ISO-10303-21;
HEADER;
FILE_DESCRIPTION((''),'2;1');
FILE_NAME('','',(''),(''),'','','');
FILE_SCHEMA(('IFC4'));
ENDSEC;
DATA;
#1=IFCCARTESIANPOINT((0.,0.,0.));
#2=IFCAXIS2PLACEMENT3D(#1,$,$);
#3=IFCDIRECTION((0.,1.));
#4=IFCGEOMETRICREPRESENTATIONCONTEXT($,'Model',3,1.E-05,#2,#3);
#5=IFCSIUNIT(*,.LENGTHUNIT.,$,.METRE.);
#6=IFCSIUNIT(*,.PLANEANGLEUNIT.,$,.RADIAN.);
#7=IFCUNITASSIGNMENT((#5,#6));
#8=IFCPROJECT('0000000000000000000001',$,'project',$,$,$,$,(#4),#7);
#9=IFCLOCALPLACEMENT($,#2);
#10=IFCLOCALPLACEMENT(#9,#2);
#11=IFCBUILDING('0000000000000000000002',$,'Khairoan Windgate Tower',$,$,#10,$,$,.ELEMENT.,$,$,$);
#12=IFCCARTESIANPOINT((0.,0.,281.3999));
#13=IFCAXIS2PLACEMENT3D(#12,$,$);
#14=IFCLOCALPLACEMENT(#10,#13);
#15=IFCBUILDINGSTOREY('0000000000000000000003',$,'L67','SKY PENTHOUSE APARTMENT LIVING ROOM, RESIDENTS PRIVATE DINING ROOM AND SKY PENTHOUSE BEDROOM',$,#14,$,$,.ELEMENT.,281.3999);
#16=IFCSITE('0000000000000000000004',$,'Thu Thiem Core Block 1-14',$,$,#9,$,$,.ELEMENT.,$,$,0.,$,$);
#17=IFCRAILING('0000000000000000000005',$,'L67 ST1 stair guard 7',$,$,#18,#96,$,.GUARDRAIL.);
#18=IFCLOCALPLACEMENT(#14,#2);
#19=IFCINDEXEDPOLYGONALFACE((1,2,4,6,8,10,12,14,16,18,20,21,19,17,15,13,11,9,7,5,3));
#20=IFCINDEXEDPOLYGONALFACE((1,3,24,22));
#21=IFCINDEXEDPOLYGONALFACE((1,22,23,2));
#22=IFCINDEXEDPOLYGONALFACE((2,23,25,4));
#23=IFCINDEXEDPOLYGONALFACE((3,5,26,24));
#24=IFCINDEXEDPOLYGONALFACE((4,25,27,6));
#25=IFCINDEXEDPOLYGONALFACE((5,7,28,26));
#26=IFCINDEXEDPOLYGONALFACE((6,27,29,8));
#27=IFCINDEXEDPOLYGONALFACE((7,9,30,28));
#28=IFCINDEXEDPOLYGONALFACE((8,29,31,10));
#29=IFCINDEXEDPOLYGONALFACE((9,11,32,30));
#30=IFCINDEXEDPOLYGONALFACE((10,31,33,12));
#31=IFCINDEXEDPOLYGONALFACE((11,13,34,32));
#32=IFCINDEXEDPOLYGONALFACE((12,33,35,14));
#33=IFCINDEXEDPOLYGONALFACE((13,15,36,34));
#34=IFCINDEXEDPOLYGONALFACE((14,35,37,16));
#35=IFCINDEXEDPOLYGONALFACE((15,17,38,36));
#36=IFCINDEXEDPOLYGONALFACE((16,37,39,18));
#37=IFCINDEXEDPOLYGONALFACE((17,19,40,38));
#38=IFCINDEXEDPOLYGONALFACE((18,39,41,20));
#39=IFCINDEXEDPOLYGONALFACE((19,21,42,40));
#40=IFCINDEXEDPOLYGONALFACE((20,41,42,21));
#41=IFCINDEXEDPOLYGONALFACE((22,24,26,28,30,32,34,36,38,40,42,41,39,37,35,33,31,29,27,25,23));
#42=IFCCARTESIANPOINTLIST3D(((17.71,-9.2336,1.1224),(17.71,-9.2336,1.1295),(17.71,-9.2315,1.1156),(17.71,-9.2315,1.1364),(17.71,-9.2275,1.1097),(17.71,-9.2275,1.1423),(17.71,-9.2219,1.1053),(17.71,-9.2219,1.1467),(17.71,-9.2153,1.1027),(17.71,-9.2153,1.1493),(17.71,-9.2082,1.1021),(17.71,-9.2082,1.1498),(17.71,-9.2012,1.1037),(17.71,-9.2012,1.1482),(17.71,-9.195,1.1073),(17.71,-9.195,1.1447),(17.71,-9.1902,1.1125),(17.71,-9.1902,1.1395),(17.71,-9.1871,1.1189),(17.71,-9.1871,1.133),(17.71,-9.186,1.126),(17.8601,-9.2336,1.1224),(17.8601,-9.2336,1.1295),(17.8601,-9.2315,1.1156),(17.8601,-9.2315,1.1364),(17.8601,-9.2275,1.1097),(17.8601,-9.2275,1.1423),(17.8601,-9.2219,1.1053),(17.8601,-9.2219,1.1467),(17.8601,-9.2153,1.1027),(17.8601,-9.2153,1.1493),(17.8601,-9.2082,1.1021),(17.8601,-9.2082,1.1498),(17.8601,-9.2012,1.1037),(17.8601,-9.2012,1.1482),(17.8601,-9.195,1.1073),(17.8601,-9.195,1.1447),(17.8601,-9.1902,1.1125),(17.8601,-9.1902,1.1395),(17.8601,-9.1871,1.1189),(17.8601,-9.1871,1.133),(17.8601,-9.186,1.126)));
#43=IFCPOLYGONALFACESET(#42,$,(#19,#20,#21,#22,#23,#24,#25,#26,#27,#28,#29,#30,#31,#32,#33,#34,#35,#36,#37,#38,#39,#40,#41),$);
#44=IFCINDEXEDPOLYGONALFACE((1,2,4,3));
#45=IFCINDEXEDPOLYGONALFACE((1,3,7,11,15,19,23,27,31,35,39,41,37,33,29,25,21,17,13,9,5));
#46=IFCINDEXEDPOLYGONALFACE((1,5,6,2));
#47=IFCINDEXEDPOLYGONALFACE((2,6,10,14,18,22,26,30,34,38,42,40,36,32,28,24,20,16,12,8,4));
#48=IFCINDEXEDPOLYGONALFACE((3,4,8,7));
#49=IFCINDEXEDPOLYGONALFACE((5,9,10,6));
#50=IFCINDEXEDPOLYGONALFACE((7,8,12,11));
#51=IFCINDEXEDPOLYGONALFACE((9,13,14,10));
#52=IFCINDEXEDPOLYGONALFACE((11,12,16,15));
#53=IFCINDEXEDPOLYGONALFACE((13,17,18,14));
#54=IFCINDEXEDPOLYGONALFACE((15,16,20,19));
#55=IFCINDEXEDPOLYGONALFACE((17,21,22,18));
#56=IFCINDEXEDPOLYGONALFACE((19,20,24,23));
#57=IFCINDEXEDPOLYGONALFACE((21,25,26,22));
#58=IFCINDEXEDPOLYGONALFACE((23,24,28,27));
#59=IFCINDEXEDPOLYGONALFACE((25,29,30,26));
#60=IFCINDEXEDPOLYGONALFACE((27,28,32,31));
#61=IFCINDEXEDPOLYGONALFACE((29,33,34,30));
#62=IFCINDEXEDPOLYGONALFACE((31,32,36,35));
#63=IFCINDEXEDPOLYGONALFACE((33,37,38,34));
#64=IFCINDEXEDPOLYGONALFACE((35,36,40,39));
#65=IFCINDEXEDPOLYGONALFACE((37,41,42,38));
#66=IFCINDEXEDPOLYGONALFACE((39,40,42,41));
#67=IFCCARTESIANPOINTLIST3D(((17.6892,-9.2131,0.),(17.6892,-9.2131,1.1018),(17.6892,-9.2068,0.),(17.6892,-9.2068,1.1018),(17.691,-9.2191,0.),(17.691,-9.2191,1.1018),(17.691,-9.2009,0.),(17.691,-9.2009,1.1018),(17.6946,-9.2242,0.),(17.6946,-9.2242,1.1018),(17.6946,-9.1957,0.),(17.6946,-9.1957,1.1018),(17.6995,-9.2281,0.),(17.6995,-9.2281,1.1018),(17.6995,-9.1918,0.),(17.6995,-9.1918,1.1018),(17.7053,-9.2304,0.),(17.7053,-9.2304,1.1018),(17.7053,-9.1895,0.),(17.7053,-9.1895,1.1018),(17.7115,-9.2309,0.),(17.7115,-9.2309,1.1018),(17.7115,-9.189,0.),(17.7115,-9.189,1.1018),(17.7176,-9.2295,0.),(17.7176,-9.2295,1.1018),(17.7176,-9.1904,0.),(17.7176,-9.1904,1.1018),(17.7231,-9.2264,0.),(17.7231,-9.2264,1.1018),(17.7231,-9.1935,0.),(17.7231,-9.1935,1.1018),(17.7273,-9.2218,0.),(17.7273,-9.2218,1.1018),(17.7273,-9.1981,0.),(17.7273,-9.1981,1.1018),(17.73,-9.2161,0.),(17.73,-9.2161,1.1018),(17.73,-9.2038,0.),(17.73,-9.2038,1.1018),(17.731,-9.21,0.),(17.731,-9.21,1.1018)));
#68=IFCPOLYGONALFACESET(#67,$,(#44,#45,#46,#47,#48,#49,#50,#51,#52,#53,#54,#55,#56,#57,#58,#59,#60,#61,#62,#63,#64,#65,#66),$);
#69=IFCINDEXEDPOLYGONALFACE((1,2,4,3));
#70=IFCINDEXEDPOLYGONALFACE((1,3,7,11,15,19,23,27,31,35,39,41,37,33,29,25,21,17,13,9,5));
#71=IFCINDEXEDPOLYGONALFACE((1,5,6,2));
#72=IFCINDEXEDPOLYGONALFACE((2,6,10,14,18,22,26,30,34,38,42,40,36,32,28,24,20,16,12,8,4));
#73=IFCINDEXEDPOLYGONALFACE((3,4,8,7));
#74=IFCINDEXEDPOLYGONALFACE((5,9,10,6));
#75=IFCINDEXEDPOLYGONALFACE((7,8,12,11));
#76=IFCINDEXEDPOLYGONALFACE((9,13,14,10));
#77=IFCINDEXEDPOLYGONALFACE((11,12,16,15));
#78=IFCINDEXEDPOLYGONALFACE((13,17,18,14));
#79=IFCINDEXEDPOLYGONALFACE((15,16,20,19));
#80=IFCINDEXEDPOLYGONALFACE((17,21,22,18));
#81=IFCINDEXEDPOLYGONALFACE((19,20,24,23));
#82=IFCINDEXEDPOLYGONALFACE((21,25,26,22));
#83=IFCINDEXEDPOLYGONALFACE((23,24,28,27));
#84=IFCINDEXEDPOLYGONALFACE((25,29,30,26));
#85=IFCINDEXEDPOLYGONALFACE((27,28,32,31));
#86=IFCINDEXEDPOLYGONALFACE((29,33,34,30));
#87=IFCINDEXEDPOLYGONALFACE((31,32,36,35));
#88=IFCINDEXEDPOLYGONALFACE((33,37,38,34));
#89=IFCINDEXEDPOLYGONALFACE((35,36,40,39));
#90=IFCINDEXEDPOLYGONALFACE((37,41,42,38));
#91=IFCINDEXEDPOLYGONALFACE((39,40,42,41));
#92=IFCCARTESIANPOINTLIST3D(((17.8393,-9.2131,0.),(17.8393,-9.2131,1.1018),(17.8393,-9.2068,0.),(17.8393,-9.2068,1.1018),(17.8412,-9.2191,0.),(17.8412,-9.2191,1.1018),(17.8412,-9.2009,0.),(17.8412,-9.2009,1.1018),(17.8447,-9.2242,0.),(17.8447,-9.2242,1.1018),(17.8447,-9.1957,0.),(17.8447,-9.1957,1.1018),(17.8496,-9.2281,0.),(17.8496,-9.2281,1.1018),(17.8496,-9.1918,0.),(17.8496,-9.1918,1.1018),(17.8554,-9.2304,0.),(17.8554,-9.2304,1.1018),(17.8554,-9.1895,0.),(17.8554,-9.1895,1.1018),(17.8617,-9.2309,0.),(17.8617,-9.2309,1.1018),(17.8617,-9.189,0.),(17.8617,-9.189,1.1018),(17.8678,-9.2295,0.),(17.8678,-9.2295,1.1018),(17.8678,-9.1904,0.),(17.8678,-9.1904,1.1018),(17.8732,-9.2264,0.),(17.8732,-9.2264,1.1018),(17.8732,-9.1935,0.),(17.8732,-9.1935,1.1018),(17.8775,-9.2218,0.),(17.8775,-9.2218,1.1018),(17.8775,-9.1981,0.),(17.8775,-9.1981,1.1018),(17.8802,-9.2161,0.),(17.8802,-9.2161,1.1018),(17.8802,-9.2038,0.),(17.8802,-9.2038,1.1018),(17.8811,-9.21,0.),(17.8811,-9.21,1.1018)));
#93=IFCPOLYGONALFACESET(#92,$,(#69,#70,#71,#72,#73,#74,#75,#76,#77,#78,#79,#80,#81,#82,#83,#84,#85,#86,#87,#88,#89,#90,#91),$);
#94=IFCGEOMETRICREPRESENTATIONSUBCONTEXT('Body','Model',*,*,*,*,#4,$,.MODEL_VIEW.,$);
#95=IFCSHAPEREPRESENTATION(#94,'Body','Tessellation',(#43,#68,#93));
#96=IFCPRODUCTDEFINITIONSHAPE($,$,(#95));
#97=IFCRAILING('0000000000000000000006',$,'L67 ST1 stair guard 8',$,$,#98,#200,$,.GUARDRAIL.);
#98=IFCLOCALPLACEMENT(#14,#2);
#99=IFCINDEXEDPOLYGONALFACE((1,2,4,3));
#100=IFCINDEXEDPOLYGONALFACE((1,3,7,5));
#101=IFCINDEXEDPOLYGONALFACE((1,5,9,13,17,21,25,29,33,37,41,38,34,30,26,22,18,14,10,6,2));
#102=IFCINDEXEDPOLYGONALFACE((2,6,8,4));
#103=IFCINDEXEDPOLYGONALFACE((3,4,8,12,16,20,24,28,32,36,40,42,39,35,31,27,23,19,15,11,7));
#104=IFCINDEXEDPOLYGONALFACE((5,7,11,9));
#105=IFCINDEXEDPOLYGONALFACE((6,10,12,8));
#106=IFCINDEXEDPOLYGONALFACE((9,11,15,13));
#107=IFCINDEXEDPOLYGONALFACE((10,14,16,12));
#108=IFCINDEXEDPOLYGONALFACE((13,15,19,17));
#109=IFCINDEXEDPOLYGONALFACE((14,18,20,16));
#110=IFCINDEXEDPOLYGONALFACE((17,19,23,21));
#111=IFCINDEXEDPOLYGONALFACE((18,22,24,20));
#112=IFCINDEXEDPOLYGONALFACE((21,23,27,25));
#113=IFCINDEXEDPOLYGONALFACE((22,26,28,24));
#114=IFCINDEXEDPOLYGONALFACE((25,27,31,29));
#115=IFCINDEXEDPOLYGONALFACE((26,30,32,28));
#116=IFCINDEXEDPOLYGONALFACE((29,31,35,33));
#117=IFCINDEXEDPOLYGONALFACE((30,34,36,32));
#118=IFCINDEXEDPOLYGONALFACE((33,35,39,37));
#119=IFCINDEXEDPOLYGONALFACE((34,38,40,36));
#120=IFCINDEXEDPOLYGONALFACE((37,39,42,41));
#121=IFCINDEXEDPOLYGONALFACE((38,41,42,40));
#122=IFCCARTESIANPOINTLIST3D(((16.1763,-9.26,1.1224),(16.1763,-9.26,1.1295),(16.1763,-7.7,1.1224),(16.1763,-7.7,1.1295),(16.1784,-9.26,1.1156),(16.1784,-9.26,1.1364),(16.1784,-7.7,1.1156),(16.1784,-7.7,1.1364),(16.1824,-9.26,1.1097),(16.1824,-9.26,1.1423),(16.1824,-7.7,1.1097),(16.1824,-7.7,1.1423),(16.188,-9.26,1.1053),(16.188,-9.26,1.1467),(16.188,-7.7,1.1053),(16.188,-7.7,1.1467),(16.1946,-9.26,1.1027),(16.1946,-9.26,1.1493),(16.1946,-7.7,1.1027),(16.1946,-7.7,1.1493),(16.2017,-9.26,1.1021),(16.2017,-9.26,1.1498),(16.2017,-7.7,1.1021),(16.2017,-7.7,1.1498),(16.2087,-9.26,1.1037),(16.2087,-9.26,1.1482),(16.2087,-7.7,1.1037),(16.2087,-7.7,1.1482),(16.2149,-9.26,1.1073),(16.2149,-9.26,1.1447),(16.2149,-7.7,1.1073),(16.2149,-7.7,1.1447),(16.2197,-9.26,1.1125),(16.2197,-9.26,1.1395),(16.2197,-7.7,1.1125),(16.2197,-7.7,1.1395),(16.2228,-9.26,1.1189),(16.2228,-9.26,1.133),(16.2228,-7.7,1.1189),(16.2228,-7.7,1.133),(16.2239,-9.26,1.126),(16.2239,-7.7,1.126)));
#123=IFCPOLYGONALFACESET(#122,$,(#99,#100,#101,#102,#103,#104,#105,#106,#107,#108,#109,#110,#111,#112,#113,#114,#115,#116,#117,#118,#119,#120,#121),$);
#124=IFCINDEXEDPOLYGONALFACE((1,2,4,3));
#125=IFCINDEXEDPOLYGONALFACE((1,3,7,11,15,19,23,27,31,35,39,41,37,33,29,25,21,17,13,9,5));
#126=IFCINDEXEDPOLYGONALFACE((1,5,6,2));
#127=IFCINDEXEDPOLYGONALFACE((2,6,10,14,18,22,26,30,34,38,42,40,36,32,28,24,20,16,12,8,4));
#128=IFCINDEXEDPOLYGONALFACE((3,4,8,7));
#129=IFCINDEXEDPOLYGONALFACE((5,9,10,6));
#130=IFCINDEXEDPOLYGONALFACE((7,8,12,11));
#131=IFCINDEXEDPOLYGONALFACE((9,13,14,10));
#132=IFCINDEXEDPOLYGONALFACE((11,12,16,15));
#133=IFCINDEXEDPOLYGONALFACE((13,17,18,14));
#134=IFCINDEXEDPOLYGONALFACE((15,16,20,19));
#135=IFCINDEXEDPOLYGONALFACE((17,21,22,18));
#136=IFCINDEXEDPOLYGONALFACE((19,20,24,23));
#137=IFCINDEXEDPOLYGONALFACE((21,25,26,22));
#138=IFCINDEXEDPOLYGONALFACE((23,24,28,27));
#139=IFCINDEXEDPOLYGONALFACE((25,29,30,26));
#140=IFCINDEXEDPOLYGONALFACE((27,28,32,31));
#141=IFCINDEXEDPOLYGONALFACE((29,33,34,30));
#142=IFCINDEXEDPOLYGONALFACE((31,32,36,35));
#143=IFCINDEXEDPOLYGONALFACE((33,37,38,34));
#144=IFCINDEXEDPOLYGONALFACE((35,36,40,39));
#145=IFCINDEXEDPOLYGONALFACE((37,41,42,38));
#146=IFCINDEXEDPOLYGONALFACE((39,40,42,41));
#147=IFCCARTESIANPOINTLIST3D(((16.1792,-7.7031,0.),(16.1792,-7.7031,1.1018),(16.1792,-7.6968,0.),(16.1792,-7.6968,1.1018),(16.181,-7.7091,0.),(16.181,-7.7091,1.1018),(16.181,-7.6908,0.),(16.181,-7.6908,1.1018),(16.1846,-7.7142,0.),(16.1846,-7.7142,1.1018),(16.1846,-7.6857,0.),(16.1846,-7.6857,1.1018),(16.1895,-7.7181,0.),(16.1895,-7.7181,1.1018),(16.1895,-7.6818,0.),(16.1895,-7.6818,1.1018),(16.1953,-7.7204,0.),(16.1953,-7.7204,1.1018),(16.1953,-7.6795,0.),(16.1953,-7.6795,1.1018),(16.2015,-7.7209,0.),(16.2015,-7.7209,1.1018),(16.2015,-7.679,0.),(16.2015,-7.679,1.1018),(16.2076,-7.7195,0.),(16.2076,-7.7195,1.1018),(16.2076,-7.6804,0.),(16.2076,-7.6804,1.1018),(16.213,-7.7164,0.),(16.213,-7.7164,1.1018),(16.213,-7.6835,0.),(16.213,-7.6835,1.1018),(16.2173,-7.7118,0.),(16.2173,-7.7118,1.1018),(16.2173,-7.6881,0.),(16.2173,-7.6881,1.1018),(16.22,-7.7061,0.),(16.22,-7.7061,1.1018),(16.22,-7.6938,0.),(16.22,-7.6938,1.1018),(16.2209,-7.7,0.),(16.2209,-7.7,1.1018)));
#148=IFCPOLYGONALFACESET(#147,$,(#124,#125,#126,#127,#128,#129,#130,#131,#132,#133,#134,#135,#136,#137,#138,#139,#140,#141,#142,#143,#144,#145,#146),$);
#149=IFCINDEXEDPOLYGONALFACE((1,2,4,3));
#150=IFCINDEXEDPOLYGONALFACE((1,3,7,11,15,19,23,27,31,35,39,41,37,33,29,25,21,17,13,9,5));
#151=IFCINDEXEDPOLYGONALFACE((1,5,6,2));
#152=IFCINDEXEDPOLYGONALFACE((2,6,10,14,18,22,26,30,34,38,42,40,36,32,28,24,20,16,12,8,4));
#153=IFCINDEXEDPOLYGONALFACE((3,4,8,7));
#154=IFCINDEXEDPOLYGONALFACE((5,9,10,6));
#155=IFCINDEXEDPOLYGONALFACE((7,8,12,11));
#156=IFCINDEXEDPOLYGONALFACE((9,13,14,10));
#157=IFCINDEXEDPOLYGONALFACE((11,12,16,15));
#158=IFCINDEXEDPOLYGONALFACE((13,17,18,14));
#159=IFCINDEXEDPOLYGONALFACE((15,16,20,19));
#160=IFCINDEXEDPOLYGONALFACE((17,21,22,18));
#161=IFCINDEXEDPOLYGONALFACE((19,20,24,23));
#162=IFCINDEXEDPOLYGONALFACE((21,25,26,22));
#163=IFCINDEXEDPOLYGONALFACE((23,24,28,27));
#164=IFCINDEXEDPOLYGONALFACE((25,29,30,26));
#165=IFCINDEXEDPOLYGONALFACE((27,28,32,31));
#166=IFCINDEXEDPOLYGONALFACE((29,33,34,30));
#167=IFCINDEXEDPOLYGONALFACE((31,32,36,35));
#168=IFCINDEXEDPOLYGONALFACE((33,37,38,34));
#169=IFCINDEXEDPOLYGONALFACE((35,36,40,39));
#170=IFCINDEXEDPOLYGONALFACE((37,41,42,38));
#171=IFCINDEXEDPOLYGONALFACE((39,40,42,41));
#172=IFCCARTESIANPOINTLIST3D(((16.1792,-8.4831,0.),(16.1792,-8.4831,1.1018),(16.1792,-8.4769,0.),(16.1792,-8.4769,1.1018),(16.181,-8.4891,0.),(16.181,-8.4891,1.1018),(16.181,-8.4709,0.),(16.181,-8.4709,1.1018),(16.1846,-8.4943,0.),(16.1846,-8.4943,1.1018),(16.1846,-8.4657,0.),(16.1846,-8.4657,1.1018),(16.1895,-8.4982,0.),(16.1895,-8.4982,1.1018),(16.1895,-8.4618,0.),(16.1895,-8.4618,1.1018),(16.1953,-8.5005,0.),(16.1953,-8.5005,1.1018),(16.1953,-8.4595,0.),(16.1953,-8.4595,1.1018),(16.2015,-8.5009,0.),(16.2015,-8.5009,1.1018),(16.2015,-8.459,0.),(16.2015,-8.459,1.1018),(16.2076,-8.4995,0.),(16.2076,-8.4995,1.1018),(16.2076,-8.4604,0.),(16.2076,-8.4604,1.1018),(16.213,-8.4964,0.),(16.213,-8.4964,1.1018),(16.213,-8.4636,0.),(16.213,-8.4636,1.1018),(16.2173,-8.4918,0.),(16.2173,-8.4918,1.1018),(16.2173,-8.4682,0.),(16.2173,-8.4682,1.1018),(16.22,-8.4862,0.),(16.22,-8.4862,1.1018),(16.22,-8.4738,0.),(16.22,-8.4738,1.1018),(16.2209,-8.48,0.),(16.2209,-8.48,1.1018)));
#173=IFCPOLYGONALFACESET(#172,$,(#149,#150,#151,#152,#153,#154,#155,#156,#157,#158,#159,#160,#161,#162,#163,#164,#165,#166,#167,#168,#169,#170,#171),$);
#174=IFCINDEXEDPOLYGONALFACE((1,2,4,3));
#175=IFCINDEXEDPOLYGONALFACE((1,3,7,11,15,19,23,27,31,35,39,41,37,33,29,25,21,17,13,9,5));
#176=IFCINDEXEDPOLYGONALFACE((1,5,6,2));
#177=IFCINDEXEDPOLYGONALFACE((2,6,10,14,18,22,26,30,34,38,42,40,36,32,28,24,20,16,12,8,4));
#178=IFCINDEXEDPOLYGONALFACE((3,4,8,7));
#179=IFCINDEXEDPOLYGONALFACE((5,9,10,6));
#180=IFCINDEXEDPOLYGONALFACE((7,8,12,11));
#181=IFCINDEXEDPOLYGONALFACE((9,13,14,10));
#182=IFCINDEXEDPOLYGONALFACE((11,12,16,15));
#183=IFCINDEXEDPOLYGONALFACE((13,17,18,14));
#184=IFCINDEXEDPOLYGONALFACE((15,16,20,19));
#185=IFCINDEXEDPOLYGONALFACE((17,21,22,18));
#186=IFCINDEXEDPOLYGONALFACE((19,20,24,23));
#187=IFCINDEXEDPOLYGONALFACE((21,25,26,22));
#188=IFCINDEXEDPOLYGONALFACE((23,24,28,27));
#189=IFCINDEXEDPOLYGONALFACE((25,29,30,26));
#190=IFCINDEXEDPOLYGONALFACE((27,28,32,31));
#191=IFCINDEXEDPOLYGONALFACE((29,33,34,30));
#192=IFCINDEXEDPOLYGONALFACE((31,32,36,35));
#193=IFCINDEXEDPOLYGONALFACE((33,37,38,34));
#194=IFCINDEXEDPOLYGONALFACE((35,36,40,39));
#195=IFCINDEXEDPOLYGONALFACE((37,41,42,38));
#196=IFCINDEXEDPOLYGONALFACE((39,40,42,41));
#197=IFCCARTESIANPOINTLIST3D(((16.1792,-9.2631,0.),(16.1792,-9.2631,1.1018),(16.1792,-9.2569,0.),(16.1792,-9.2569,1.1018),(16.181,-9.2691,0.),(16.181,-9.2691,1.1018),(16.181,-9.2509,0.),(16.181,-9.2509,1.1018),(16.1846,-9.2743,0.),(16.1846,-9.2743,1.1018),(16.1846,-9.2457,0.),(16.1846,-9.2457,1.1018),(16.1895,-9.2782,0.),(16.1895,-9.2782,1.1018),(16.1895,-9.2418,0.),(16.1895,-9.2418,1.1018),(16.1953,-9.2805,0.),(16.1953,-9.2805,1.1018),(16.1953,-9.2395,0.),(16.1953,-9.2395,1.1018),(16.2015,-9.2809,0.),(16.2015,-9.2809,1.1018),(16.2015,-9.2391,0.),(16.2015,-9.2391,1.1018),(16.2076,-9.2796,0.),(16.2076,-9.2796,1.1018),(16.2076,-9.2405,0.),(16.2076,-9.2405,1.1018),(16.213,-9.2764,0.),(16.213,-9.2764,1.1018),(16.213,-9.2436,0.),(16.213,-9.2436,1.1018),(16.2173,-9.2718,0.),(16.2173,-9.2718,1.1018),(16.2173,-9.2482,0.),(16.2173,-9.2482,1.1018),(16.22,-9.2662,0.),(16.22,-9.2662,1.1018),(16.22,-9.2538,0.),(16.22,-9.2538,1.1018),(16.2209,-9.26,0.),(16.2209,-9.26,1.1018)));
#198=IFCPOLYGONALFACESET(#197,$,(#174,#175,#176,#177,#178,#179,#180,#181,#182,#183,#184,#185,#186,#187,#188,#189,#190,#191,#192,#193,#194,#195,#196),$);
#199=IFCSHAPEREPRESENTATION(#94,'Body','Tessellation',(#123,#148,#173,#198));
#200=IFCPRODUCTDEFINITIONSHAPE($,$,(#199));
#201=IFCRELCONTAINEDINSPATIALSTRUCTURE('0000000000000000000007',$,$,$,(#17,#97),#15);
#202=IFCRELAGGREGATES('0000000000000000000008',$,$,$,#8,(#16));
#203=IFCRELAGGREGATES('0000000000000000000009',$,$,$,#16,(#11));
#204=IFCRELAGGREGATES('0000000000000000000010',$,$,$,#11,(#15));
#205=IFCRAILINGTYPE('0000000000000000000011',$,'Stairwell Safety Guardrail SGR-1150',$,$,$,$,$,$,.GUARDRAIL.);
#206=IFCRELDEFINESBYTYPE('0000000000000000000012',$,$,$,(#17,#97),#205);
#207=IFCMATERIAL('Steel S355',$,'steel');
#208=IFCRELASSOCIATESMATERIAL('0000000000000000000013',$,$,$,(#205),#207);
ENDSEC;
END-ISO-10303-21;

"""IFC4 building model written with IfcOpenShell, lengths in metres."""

from ifc_helpers import new_model, si_unit, direction, frame, origin, origin_2d, place, context, subcontext, project, spatial, circle, extrude, material, type_object, element, save


model = new_model("IFC4")

# Units and contexts
model_context = context("Model", 3, precision=1e-05, world=origin(), true_north=direction((0.0, 1.0)))
body_context = subcontext(model_context, "Body", "Model", "MODEL_VIEW")
ifc_project = project(units=[si_unit("LENGTHUNIT", "METRE"), si_unit("PLANEANGLEUNIT", "RADIAN")], contexts=[model_context])

# Site, building, storey
site_placement = place(None, origin())
site = spatial("IfcSite", under=ifc_project, at=site_placement, Name="Thu Thiem Core Block 1-14", CompositionType="ELEMENT", RefElevation=0.0)
building_placement = place(site_placement, origin())
building = spatial("IfcBuilding", under=site, at=building_placement, Name="Khairoan Windgate Tower", CompositionType="ELEMENT")
storey_placement = place(building_placement, frame((0.0, 0.0, 281.3999)))
storey = spatial("IfcBuildingStorey", under=building, at=storey_placement, Name="L67", Description="SKY PENTHOUSE APARTMENT LIVING ROOM, RESIDENTS PRIVATE DINING ROOM AND SKY PENTHOUSE BEDROOM", CompositionType="ELEMENT", Elevation=281.3999)

# Railings
ifc_material_1 = material(Name="Steel S355", Category="steel")
railing_type_1 = type_object("IfcRailingType", Name="Stairwell Safety Guardrail SGR-1150", PredefinedType="GUARDRAIL", material=ifc_material_1)
railing_1_placement = place(storey_placement, frame((17.71, -9.21, 0.0)))
element("IfcRailing", 1, at=railing_1_placement, inside=storey, type_object=railing_type_1, Name="L67 ST1 stair guard 7", PredefinedType="GUARDRAIL", context=body_context, shape_type="SweptSolid", body=[
    extrude(circle(Radius=0.0239, at=origin_2d()), frame((0.0, 0.0, 1.126), z_axis=(1.0, 0.0, 0.0), x_axis=(0.0, 1.0, 0.0)), (0.0, 0.0, 1.0), 0.1501),
    extrude(circle(Radius=0.021, at=origin_2d()), origin(), (0.0, 0.0, 1.0), 1.1018),
    extrude(circle(Radius=0.021, at=origin_2d()), frame((0.1501, 0.0, 0.0)), (0.0, 0.0, 1.0), 1.1018),
])
for number, where, name in (
    (2, (16.2, -7.7, 0.0), "L67 ST1 stair guard 8"),
):
    element("IfcRailing", number, at=place(storey_placement, frame(where)), inside=storey, type_object=railing_type_1, Name=name, PredefinedType="GUARDRAIL", context=body_context, shape_type="SweptSolid", body=[
        extrude(circle(Radius=0.0239, at=origin_2d()), frame((0.0, 0.0, 1.126), z_axis=(0.0, -1.0, 0.0), x_axis=(1.0, 0.0, 0.0)), (0.0, 0.0, 1.0), 1.5601),
        extrude(circle(Radius=0.021, at=origin_2d()), origin(), (0.0, 0.0, 1.0), 1.1018),
        extrude(circle(Radius=0.021, at=origin_2d()), frame((0.0, -0.78, 0.0)), (0.0, 0.0, 1.0), 1.1018),
        extrude(circle(Radius=0.021, at=origin_2d()), frame((0.0, -1.5601, 0.0)), (0.0, 0.0, 1.0), 1.1018),
    ])

save(model, "model.ifc")
